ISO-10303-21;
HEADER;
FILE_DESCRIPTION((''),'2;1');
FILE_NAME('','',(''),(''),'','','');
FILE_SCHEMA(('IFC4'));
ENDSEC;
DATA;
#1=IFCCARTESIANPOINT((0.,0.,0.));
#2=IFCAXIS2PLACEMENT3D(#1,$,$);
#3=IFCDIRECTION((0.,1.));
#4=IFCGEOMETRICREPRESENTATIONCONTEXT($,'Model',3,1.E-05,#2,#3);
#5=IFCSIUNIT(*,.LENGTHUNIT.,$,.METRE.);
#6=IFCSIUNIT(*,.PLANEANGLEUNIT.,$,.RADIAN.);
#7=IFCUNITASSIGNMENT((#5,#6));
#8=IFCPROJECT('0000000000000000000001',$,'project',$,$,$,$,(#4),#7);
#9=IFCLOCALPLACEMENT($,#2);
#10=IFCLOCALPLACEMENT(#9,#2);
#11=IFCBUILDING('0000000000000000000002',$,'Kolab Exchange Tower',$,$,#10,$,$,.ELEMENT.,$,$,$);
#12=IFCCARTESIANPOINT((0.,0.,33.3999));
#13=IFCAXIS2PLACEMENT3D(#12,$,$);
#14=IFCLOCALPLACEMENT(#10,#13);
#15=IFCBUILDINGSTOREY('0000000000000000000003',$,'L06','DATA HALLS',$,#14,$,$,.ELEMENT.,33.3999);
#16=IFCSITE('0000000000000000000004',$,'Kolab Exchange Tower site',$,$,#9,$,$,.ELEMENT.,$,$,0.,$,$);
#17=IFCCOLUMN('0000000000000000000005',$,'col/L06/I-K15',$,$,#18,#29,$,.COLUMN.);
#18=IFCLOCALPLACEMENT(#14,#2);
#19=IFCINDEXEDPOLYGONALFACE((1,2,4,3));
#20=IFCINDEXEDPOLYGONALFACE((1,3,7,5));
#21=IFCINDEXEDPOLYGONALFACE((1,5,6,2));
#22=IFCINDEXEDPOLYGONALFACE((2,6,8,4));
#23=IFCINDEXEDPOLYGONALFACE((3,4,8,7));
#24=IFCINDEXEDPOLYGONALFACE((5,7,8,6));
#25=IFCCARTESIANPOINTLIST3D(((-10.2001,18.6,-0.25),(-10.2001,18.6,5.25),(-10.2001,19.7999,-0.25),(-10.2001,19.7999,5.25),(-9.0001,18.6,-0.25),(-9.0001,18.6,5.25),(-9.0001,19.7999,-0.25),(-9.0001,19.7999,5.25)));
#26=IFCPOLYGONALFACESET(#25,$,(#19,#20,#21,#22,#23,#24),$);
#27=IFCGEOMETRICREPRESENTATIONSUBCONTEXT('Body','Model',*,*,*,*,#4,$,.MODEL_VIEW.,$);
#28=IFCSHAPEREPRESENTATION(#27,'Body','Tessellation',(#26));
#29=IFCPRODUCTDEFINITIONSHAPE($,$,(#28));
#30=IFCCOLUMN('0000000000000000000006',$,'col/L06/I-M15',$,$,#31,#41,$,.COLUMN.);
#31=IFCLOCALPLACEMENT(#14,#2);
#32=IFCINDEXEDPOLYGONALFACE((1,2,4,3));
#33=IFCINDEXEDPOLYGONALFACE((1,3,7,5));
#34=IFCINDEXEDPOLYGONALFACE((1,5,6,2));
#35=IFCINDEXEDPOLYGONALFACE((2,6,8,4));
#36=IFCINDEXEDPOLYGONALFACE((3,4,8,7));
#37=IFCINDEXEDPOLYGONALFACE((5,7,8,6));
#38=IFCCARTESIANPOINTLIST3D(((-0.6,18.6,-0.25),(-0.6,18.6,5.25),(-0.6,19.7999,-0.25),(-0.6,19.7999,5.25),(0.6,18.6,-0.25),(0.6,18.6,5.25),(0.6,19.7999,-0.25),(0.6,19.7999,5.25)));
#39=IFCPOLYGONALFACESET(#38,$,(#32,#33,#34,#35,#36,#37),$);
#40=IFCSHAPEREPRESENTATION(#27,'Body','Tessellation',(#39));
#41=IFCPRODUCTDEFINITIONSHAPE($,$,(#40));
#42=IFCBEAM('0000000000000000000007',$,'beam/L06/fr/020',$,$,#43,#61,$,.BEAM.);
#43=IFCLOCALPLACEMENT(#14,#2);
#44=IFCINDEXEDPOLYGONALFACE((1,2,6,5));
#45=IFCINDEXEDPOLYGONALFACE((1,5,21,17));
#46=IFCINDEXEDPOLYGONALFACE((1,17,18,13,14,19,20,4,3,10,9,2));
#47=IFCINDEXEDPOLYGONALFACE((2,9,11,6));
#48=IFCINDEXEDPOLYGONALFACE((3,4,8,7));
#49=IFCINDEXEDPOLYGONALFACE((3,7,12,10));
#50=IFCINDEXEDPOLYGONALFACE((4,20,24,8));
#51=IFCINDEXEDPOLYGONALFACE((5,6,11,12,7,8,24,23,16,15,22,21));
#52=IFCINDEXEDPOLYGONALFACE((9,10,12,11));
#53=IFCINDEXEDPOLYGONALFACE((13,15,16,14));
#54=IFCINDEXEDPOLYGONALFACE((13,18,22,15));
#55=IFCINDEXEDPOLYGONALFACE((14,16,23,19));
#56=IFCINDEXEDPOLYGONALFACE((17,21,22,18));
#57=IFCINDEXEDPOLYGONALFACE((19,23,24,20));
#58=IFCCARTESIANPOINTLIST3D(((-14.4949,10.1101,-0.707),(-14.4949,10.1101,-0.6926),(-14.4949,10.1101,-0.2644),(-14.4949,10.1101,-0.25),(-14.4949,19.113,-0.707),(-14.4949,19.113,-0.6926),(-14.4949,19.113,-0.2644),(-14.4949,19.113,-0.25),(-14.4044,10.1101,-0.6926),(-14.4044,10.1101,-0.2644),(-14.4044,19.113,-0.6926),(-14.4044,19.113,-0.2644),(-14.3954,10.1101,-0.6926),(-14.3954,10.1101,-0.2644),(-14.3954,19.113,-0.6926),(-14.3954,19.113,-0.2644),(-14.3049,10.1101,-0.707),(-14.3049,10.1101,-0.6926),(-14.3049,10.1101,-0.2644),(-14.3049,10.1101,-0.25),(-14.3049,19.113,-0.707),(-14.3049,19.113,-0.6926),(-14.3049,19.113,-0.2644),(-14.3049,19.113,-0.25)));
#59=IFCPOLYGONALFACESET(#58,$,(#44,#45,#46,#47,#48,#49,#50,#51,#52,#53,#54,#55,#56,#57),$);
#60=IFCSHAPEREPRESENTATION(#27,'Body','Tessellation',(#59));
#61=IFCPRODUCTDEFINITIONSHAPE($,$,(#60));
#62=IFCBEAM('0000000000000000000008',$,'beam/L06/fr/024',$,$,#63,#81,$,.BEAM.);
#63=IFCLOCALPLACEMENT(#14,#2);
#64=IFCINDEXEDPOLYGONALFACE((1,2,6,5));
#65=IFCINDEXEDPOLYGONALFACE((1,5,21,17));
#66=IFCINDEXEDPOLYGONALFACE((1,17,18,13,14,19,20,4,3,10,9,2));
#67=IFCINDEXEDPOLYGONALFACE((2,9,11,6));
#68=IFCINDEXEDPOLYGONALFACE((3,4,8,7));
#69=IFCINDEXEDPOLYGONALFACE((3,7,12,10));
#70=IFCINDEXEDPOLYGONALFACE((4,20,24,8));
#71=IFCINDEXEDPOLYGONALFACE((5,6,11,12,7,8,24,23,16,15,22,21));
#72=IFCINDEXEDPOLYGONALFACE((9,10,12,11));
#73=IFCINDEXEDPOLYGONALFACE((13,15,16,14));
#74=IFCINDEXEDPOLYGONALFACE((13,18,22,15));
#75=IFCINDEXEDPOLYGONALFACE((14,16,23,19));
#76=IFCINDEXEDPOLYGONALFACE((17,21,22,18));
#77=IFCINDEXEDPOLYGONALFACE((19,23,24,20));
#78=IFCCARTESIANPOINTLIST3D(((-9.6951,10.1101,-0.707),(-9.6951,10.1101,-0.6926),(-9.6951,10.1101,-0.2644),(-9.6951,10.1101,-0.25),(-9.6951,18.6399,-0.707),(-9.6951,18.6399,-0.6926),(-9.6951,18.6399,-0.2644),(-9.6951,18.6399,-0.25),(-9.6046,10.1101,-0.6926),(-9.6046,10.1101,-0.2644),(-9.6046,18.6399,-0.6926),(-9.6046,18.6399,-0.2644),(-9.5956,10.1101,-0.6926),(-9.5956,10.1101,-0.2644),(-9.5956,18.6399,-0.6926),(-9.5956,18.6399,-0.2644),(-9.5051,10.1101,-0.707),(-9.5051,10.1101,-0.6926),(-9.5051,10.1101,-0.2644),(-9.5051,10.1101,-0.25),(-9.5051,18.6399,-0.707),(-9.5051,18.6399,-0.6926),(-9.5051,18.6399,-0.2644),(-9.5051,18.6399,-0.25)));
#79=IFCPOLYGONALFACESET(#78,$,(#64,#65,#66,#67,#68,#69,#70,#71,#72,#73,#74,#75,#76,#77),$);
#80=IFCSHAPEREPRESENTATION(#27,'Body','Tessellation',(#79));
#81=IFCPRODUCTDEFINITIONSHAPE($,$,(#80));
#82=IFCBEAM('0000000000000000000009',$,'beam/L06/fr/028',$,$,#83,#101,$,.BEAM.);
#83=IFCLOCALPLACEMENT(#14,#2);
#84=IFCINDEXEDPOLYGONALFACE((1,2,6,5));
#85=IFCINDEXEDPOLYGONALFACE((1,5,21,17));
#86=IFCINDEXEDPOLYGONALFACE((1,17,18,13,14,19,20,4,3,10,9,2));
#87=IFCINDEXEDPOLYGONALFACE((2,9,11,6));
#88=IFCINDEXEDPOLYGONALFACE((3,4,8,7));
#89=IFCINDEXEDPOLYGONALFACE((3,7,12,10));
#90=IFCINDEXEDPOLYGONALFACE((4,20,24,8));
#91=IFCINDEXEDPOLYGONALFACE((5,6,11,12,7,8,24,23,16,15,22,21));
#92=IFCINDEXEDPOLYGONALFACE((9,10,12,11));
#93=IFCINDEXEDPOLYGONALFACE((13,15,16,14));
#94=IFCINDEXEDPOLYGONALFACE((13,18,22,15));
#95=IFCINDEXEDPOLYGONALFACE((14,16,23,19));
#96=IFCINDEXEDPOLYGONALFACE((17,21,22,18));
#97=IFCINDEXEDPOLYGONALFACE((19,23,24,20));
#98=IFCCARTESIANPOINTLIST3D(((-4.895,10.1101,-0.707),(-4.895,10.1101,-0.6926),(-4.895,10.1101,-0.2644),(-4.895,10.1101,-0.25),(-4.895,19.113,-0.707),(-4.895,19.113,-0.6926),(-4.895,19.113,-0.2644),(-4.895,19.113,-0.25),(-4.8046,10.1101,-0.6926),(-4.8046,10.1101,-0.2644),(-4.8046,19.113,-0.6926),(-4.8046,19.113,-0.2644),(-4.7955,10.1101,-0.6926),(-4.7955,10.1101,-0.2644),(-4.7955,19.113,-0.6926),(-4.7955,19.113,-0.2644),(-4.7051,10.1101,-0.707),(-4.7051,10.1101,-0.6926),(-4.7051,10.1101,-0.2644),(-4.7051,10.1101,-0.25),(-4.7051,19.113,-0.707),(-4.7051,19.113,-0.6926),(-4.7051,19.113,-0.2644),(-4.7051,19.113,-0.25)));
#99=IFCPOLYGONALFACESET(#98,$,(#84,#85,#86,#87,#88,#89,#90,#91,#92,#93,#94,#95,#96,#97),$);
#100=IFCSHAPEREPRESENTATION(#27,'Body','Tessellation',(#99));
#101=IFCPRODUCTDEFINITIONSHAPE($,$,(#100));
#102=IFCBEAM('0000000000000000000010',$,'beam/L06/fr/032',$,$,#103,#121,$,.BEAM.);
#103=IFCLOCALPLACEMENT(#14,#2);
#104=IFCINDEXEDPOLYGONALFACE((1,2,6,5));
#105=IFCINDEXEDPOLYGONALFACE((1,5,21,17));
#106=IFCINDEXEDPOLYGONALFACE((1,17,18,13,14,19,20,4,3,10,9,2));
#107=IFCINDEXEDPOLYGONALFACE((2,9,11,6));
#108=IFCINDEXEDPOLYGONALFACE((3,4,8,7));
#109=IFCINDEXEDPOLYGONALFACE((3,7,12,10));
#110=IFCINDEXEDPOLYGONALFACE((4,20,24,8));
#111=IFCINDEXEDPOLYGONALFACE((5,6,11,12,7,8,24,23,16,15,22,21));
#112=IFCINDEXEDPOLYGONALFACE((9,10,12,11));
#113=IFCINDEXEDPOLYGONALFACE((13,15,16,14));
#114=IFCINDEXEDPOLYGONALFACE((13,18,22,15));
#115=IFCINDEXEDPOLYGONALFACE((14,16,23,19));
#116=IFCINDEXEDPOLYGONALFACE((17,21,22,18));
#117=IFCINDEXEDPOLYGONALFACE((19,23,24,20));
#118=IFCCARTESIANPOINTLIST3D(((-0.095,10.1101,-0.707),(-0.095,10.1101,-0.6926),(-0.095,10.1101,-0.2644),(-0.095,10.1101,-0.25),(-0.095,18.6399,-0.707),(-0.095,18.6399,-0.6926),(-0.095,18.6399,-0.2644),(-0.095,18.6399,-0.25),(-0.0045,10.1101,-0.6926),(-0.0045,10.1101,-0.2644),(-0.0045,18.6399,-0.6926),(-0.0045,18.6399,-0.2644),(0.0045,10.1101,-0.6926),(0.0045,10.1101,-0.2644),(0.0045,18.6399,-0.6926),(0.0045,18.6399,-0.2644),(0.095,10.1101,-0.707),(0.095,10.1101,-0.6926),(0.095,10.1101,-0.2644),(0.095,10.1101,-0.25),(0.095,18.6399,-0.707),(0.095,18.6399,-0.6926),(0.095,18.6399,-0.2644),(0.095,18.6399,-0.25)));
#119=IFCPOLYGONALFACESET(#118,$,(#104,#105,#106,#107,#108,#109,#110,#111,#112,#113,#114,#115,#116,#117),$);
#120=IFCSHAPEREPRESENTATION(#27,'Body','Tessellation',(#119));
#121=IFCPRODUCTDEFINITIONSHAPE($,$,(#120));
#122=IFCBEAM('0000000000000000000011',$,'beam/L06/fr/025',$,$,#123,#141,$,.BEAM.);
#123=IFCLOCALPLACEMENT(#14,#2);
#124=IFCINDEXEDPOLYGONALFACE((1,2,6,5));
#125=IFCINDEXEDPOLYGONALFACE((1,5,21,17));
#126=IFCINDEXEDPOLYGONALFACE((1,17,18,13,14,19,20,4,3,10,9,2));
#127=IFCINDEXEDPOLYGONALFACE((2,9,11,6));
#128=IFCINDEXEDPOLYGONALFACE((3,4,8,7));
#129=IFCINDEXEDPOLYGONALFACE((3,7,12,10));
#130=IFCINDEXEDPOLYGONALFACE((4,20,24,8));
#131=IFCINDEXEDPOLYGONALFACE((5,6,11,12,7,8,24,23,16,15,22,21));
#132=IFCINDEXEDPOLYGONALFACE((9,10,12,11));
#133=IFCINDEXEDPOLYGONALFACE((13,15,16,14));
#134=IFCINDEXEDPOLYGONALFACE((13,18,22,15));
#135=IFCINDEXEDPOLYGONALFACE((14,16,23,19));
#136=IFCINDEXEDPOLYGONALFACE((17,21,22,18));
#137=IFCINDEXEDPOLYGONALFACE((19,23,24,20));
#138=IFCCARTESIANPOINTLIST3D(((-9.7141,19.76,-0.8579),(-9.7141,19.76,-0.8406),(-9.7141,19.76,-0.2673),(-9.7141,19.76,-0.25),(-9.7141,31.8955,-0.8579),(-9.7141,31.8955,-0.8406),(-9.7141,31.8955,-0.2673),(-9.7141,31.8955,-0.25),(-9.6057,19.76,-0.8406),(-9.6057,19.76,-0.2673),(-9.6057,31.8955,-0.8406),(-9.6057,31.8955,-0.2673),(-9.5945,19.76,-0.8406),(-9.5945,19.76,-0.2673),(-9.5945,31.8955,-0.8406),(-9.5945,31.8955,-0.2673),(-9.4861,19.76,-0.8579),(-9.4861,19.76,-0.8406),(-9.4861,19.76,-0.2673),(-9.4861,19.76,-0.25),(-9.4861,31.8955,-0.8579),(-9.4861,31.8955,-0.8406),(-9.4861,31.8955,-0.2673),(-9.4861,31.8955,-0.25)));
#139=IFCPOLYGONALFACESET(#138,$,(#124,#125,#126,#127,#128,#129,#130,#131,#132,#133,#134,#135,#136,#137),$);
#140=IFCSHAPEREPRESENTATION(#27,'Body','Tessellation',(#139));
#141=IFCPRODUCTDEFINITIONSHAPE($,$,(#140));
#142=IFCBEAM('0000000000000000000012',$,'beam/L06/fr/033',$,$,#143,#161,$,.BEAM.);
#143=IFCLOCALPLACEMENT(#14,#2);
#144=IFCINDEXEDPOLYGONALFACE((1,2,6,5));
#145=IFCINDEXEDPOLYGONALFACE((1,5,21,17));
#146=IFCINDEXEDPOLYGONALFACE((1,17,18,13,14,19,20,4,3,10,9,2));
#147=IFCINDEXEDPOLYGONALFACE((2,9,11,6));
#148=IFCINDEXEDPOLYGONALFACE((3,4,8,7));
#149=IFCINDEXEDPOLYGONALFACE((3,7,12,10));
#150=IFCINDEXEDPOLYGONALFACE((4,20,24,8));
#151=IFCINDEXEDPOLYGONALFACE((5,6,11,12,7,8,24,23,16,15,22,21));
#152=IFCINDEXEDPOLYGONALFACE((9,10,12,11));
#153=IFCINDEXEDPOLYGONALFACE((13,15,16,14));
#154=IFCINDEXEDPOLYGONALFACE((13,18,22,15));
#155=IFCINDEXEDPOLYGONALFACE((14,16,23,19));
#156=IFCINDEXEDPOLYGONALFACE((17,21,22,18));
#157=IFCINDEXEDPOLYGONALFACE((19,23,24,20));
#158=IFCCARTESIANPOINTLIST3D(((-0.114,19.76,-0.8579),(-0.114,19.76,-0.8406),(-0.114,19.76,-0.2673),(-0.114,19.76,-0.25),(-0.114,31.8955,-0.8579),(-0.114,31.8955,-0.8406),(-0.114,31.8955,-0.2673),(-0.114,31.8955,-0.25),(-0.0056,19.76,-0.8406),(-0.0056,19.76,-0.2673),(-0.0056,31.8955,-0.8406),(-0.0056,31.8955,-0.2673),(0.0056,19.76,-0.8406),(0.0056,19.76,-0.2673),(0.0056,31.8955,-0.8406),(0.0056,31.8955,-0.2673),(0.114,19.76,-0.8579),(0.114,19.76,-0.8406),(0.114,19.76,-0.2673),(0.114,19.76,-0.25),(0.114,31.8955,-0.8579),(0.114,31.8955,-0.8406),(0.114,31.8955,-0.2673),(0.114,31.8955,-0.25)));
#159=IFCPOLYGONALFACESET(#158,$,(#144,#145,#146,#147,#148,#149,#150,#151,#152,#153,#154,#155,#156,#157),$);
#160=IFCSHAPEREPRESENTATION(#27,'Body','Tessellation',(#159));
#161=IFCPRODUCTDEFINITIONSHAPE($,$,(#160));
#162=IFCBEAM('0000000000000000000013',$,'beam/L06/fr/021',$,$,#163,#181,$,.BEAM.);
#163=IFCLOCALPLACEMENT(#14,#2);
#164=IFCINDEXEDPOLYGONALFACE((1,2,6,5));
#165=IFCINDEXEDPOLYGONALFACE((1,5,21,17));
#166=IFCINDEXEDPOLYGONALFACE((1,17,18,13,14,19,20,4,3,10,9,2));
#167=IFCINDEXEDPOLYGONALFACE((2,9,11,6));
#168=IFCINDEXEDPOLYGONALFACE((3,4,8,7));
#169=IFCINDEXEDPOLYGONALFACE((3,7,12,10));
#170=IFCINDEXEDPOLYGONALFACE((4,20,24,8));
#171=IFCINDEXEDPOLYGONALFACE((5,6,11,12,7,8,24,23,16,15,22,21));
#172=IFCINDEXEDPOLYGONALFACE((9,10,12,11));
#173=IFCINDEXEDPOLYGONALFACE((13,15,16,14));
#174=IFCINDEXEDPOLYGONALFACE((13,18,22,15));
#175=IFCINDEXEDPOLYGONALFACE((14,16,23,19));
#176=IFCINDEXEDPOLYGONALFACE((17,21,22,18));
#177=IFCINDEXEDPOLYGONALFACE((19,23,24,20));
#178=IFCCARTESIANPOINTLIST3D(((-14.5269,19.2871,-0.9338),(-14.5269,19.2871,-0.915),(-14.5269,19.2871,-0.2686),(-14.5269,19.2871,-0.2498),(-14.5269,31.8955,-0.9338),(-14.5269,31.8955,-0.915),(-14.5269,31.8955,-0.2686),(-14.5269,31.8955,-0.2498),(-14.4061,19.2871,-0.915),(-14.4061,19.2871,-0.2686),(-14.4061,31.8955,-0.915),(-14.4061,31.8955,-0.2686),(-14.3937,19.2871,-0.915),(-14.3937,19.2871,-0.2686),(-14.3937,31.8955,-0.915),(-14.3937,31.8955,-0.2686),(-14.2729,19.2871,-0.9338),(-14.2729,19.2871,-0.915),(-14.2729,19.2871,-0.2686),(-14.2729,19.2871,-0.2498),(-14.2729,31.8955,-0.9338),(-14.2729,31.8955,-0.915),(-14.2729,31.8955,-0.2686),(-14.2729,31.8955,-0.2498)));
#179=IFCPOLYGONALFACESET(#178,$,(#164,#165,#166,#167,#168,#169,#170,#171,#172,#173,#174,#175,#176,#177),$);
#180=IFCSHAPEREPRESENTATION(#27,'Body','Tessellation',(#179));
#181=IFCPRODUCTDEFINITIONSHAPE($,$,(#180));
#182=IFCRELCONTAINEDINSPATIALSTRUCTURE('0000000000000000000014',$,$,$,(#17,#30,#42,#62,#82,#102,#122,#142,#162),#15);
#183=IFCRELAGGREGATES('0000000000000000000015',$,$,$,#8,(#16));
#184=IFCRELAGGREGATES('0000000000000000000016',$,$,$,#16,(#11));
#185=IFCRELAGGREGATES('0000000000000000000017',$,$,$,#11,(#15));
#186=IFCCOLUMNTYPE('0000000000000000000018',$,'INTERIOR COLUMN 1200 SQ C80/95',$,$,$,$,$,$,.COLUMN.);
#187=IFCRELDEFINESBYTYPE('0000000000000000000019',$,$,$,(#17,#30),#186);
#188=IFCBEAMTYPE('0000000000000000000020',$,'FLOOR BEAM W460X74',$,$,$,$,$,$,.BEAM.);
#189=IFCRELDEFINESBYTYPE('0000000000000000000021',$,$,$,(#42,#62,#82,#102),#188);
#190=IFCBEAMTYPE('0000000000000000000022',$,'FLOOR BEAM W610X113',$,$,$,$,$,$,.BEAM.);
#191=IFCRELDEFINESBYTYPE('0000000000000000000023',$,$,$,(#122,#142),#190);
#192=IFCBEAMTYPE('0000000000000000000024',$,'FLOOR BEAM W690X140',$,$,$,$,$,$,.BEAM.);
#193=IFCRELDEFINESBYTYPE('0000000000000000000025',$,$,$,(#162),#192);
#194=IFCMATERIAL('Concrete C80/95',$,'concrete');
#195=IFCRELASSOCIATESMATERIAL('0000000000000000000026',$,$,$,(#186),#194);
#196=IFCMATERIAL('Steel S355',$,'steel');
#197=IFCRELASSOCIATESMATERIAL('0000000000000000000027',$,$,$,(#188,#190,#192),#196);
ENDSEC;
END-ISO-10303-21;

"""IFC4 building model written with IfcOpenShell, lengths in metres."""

from ifc_helpers import new_model, si_unit, direction, frame, origin, origin_2d, place, context, subcontext, project, spatial, rectangle, i_section, extrude, material, material_profile, profile_set, type_object, element, save


model = new_model("IFC4")

# Units and contexts
model_context = context("Model", 3, precision=1e-05, world=origin(), true_north=direction((0.0, 1.0)))
body_context = subcontext(model_context, "Body", "Model", "MODEL_VIEW")
ifc_project = project(units=[si_unit("LENGTHUNIT", "METRE"), si_unit("PLANEANGLEUNIT", "RADIAN")], contexts=[model_context])

# Site, building, storey
site_placement = place(None, origin())
site = spatial("IfcSite", under=ifc_project, at=site_placement, Name="Kolab Exchange Tower site", CompositionType="ELEMENT", RefElevation=0.0)
building_placement = place(site_placement, origin())
building = spatial("IfcBuilding", under=site, at=building_placement, Name="Kolab Exchange Tower", CompositionType="ELEMENT")
storey_placement = place(building_placement, frame((0.0, 0.0, 33.3999)))
storey = spatial("IfcBuildingStorey", under=building, at=storey_placement, Name="L06", Description="DATA HALLS", CompositionType="ELEMENT", Elevation=33.3999)

# Columns
ifc_material_1 = material(Name="Concrete C80/95", Category="concrete")
ifc_material_profile_1 = material_profile(ifc_material_1, rectangle(XDim=1.2, YDim=1.2, at=origin_2d()), Name="RC1200")
ifc_profile_set_1 = profile_set([ifc_material_profile_1], Name="Concrete C80/95")
column_type = type_object("IfcColumnType", Name="INTERIOR COLUMN 1200 SQ C80/95", PredefinedType="COLUMN", material=ifc_profile_set_1)
for number, where, z_axis, x_axis, name in (
    (1, (-9.6001, 19.2, -0.25), (0.0, 0.0, 1.0), (1.0, 0.0, 0.0), "col/L06/I-K15"),
    (2, (0.0, 19.2, -0.25), (0.0, 0.0, 1.0), (1.0, 0.0, 0.0), "col/L06/I-M15"),
):
    element("IfcColumn", number, at=place(storey_placement, frame(where, z_axis=z_axis, x_axis=x_axis)), inside=storey, type_object=column_type, Name=name, PredefinedType="COLUMN", context=body_context, shape_type="SweptSolid", body=[
        extrude(rectangle(XDim=1.2, YDim=1.2, at=origin_2d()), origin(), (0.0, 0.0, 1.0), 5.5),
    ])

# Beams
ifc_material_2 = material(Name="Steel S355", Category="steel")
ifc_material_profile_2 = material_profile(ifc_material_2, i_section(OverallWidth=0.1899, OverallDepth=0.457, WebThickness=0.009, FlangeThickness=0.0144, at=origin_2d()), Name="W460X74")
ifc_profile_set_2 = profile_set([ifc_material_profile_2], Name="Steel S355")
beam_type_1 = type_object("IfcBeamType", Name="FLOOR BEAM W460X74", PredefinedType="BEAM", material=ifc_profile_set_2)
beam_1_placement = place(storey_placement, frame((-14.3999, 10.1101, -0.4785), z_axis=(0.0, 1.0, 0.0), x_axis=(-1.0, 0.0, 0.0)))
element("IfcBeam", 3, at=beam_1_placement, inside=storey, type_object=beam_type_1, Name="beam/L06/fr/020", PredefinedType="BEAM", context=body_context, shape_type="SweptSolid", body=[
    extrude(i_section(OverallWidth=0.1899, OverallDepth=0.457, WebThickness=0.009, FlangeThickness=0.0144, at=origin_2d()), origin(), (0.0, 0.0, 1.0), 9.0029),
])
beam_2_placement = place(storey_placement, frame((-9.6001, 10.1101, -0.4785), z_axis=(0.0, 1.0, 0.0), x_axis=(-1.0, 0.0, 0.0)))
element("IfcBeam", 4, at=beam_2_placement, inside=storey, type_object=beam_type_1, Name="beam/L06/fr/024", PredefinedType="BEAM", context=body_context, shape_type="SweptSolid", body=[
    extrude(i_section(OverallWidth=0.1899, OverallDepth=0.457, WebThickness=0.009, FlangeThickness=0.0144, at=origin_2d()), origin(), (0.0, 0.0, 1.0), 8.5298),
])
beam_3_placement = place(storey_placement, frame((-4.8, 10.1101, -0.4785), z_axis=(0.0, 1.0, 0.0), x_axis=(-1.0, 0.0, 0.0)))
element("IfcBeam", 5, at=beam_3_placement, inside=storey, type_object=beam_type_1, Name="beam/L06/fr/028", PredefinedType="BEAM", context=body_context, shape_type="SweptSolid", body=[
    extrude(i_section(OverallWidth=0.1899, OverallDepth=0.457, WebThickness=0.009, FlangeThickness=0.0144, at=origin_2d()), origin(), (0.0, 0.0, 1.0), 9.0029),
])
beam_4_placement = place(storey_placement, frame((0.0, 10.1101, -0.4785), z_axis=(0.0, 1.0, 0.0), x_axis=(-1.0, 0.0, 0.0)))
element("IfcBeam", 6, at=beam_4_placement, inside=storey, type_object=beam_type_1, Name="beam/L06/fr/032", PredefinedType="BEAM", context=body_context, shape_type="SweptSolid", body=[
    extrude(i_section(OverallWidth=0.1899, OverallDepth=0.457, WebThickness=0.009, FlangeThickness=0.0144, at=origin_2d()), origin(), (0.0, 0.0, 1.0), 8.5298),
])
ifc_material_profile_3 = material_profile(ifc_material_2, i_section(OverallWidth=0.228, OverallDepth=0.6079, WebThickness=0.0112, FlangeThickness=0.0173, at=origin_2d()), Name="W610X113")
ifc_profile_set_3 = profile_set([ifc_material_profile_3], Name="Steel S355")
beam_type_2 = type_object("IfcBeamType", Name="FLOOR BEAM W610X113", PredefinedType="BEAM", material=ifc_profile_set_3)
for number, where, z_axis, x_axis, name in (
    (7, (-9.6001, 19.76, -0.554), (0.0, 1.0, 0.0), (-1.0, 0.0, 0.0), "beam/L06/fr/025"),
    (8, (0.0, 19.76, -0.554), (0.0, 1.0, 0.0), (-1.0, 0.0, 0.0), "beam/L06/fr/033"),
):
    element("IfcBeam", number, at=place(storey_placement, frame(where, z_axis=z_axis, x_axis=x_axis)), inside=storey, type_object=beam_type_2, Name=name, PredefinedType="BEAM", context=body_context, shape_type="SweptSolid", body=[
        extrude(i_section(OverallWidth=0.228, OverallDepth=0.6079, WebThickness=0.0112, FlangeThickness=0.0173, at=origin_2d()), origin(), (0.0, 0.0, 1.0), 12.1355),
    ])
ifc_material_profile_4 = material_profile(ifc_material_2, i_section(OverallWidth=0.2539, OverallDepth=0.6841, WebThickness=0.0125, FlangeThickness=0.0188, at=origin_2d()), Name="W690X140")
ifc_profile_set_4 = profile_set([ifc_material_profile_4], Name="Steel S355")
beam_type_3 = type_object("IfcBeamType", Name="FLOOR BEAM W690X140", PredefinedType="BEAM", material=ifc_profile_set_4)
for number, where, z_axis, x_axis, name in (
    (9, (-14.3999, 19.2871, -0.5918), (0.0, 1.0, 0.0), (-1.0, 0.0, 0.0), "beam/L06/fr/021"),
):
    element("IfcBeam", number, at=place(storey_placement, frame(where, z_axis=z_axis, x_axis=x_axis)), inside=storey, type_object=beam_type_3, Name=name, PredefinedType="BEAM", context=body_context, shape_type="SweptSolid", body=[
        extrude(i_section(OverallWidth=0.2539, OverallDepth=0.6841, WebThickness=0.0125, FlangeThickness=0.0188, at=origin_2d()), origin(), (0.0, 0.0, 1.0), 12.6084),
    ])

save(model, "model.ifc")
